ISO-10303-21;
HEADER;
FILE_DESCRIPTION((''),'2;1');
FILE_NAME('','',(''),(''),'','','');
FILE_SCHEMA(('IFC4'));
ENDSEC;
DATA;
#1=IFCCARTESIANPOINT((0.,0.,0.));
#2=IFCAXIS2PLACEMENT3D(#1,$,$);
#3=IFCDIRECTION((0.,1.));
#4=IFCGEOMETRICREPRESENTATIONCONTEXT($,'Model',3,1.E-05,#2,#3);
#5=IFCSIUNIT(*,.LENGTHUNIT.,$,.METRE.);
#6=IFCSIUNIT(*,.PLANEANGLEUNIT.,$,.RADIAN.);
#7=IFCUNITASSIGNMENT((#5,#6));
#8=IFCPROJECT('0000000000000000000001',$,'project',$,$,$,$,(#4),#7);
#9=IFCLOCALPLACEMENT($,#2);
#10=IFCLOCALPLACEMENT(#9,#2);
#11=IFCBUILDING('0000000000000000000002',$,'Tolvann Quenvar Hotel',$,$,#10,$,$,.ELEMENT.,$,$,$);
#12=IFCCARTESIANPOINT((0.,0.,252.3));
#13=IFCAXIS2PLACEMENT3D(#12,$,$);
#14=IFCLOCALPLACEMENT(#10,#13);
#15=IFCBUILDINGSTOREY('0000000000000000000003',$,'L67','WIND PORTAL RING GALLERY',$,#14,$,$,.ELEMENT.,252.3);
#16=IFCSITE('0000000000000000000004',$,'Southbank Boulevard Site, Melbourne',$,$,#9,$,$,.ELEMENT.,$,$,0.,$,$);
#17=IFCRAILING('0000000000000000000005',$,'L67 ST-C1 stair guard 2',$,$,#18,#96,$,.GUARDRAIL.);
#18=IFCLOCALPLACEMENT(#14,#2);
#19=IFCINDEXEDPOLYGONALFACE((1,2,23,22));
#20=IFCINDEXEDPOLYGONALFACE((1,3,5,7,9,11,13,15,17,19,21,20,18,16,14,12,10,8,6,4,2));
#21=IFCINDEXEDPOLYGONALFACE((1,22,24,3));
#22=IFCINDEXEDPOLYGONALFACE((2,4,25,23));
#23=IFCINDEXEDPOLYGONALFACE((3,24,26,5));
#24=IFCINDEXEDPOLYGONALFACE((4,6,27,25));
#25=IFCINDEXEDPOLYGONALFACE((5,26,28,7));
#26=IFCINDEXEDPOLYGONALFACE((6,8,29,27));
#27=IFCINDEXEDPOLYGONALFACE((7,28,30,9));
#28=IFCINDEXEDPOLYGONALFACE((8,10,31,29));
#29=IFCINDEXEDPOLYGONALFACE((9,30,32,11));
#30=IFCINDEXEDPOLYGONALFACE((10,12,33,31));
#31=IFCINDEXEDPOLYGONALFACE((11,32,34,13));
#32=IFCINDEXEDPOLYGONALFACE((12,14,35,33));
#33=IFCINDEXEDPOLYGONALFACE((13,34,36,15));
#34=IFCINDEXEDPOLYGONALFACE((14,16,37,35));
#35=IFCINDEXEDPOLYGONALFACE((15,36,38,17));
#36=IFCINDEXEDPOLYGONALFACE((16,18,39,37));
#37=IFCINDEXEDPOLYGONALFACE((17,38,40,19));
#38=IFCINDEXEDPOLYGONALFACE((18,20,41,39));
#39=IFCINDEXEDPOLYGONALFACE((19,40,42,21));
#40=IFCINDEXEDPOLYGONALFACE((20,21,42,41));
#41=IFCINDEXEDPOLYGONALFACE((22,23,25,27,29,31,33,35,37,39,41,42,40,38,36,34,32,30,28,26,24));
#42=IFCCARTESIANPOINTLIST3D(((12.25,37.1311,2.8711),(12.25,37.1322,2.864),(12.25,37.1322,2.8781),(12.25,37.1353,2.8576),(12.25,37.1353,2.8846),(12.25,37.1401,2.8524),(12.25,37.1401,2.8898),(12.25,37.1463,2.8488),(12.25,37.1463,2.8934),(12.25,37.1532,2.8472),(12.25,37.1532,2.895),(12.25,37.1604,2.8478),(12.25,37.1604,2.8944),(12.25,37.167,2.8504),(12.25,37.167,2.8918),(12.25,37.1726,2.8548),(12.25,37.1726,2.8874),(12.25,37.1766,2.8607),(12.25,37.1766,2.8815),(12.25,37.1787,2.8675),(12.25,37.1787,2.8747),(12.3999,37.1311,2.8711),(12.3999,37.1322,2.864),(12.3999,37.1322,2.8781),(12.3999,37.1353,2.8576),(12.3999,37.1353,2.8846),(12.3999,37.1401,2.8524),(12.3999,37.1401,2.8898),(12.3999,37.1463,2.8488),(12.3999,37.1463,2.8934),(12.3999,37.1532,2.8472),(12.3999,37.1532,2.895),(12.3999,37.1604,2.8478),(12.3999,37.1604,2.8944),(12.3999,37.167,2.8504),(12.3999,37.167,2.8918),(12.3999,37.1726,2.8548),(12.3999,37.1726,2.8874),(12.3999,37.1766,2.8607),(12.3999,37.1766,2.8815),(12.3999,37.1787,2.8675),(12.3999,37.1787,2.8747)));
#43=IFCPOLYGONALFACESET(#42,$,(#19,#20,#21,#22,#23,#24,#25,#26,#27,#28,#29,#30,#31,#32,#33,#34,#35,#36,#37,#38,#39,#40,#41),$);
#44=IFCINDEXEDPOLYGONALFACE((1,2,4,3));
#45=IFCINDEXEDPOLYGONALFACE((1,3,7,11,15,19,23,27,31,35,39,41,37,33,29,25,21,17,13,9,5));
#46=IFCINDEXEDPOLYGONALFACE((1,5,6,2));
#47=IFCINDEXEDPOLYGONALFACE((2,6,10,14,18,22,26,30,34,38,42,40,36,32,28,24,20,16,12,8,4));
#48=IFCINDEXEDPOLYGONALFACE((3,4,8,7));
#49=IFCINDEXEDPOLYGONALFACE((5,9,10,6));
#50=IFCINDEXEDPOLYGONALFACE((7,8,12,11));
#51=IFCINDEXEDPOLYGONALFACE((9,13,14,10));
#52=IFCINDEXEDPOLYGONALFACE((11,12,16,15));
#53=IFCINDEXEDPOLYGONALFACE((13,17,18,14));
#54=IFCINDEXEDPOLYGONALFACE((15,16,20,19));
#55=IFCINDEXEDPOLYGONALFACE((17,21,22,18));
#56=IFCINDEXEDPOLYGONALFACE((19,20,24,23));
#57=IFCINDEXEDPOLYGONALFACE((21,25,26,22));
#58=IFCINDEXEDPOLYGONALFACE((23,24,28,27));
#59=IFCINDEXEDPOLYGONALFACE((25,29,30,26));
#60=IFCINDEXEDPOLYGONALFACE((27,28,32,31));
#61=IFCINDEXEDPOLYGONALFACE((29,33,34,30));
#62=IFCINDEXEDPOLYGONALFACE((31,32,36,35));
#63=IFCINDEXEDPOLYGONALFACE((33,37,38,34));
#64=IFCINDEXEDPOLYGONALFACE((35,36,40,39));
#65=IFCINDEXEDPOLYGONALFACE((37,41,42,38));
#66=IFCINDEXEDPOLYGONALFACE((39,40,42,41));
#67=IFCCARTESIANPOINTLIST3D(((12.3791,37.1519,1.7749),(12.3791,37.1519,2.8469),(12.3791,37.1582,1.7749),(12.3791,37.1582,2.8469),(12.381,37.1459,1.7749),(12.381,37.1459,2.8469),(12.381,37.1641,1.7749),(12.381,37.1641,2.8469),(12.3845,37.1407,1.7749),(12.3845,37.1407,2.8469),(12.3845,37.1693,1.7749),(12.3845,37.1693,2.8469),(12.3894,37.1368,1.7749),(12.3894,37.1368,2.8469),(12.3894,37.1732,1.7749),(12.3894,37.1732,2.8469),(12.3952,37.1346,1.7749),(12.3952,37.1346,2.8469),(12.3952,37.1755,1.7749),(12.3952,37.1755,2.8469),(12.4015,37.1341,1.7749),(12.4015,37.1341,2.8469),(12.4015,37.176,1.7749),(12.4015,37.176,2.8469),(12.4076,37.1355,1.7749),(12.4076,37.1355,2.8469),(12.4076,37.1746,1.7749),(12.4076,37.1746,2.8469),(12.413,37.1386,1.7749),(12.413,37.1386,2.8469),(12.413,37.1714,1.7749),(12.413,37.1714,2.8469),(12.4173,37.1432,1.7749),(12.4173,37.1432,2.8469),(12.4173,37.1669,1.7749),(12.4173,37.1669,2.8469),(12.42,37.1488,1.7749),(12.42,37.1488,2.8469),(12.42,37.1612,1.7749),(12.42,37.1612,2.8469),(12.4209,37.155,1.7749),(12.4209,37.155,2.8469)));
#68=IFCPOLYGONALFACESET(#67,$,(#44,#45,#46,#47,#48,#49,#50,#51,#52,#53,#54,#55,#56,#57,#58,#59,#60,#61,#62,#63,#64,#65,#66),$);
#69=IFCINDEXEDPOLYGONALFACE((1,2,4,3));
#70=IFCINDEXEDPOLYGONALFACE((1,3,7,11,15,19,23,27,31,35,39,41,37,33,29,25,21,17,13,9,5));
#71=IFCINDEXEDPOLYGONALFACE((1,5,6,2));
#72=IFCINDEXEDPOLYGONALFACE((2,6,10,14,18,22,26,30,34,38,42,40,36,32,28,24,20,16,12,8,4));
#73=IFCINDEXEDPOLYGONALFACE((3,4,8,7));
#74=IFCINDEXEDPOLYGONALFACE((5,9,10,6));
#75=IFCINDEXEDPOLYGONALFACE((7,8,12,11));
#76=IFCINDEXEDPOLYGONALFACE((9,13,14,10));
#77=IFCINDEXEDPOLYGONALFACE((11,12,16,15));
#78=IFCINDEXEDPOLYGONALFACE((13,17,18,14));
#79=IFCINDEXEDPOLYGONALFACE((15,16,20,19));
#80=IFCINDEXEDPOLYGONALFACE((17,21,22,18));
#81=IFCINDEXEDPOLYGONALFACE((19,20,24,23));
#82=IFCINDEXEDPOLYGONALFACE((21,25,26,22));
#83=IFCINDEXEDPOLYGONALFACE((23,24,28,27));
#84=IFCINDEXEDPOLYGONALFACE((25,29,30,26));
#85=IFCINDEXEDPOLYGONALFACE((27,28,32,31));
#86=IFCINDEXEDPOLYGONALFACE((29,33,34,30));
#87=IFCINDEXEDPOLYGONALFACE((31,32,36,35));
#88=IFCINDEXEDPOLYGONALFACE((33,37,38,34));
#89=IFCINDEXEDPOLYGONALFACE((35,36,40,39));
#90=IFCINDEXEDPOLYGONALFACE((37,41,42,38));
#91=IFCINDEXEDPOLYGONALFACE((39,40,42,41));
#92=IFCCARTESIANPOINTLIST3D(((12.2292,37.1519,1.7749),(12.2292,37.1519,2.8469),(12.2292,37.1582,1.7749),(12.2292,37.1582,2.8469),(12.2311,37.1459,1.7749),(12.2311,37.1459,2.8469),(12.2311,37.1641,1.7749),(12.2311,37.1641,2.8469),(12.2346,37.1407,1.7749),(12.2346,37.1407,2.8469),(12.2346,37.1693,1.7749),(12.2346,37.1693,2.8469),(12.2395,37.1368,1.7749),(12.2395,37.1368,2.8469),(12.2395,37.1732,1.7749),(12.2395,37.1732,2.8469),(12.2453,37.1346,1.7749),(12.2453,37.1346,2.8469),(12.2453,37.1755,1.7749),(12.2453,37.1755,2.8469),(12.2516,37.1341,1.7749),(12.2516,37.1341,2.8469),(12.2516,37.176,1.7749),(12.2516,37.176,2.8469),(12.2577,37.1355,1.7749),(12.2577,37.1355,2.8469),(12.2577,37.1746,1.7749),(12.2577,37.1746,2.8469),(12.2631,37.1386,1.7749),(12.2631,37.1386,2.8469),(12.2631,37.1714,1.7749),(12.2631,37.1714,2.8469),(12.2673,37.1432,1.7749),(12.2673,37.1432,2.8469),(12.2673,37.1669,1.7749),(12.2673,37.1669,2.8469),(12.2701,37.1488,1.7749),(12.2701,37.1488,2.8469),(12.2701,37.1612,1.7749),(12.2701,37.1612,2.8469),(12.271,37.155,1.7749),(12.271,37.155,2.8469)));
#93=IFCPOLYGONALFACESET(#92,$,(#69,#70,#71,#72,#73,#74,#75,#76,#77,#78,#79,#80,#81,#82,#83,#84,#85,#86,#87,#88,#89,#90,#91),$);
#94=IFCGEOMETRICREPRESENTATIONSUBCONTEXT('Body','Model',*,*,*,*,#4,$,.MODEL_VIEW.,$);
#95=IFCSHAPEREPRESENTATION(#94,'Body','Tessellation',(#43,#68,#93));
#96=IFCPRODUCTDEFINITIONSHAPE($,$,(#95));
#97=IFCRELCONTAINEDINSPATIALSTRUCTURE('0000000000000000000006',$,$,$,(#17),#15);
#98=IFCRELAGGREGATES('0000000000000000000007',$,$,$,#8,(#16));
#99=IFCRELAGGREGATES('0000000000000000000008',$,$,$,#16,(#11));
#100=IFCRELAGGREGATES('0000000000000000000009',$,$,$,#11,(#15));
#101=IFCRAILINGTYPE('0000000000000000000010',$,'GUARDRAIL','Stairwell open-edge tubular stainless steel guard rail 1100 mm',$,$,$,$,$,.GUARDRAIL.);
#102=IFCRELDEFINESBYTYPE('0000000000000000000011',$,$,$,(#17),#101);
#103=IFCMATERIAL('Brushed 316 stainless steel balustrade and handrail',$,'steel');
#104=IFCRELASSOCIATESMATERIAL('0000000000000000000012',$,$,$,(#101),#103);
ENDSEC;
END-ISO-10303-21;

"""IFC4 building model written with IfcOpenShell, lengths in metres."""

from ifc_helpers import new_model, si_unit, direction, frame, origin, origin_2d, place, context, subcontext, project, spatial, circle, extrude, material, type_object, element, save


model = new_model("IFC4")

# Units and contexts
model_context = context("Model", 3, precision=1e-05, world=origin(), true_north=direction((0.0, 1.0)))
body_context = subcontext(model_context, "Body", "Model", "MODEL_VIEW")
ifc_project = project(units=[si_unit("LENGTHUNIT", "METRE"), si_unit("PLANEANGLEUNIT", "RADIAN")], contexts=[model_context])

# Site, building, storey
site_placement = place(None, origin())
site = spatial("IfcSite", under=ifc_project, at=site_placement, Name="Southbank Boulevard Site, Melbourne", CompositionType="ELEMENT", RefElevation=0.0)
building_placement = place(site_placement, origin())
building = spatial("IfcBuilding", under=site, at=building_placement, Name="Tolvann Quenvar Hotel", CompositionType="ELEMENT")
storey_placement = place(building_placement, frame((0.0, 0.0, 252.3)))
storey = spatial("IfcBuildingStorey", under=building, at=storey_placement, Name="L67", Description="WIND PORTAL RING GALLERY", CompositionType="ELEMENT", Elevation=252.3)

# Railing
ifc_material_1 = material(Name="Brushed 316 stainless steel balustrade and handrail", Category="steel")
railing_type_1 = type_object("IfcRailingType", Name="GUARDRAIL", Description="Stairwell open-edge tubular stainless steel guard rail 1100 mm", PredefinedType="GUARDRAIL", material=ifc_material_1)
railing_1_placement = place(storey_placement, frame((12.3999, 37.155, 1.7749)))
element("IfcRailing", 1, at=railing_1_placement, inside=storey, type_object=railing_type_1, Name="L67 ST-C1 stair guard 2", PredefinedType="GUARDRAIL", context=body_context, shape_type="SweptSolid", body=[
    extrude(circle(Radius=0.0239, at=origin_2d()), frame((0.0, 0.0, 1.0962), z_axis=(-1.0, 0.0, 0.0), x_axis=(0.0, -1.0, 0.0)), (0.0, 0.0, 1.0), 0.1499),
    extrude(circle(Radius=0.021, at=origin_2d()), origin(), (0.0, 0.0, 1.0), 1.072),
    extrude(circle(Radius=0.021, at=origin_2d()), frame((-0.1499, 0.0, 0.0)), (0.0, 0.0, 1.0), 1.072),
])

save(model, "model.ifc")
